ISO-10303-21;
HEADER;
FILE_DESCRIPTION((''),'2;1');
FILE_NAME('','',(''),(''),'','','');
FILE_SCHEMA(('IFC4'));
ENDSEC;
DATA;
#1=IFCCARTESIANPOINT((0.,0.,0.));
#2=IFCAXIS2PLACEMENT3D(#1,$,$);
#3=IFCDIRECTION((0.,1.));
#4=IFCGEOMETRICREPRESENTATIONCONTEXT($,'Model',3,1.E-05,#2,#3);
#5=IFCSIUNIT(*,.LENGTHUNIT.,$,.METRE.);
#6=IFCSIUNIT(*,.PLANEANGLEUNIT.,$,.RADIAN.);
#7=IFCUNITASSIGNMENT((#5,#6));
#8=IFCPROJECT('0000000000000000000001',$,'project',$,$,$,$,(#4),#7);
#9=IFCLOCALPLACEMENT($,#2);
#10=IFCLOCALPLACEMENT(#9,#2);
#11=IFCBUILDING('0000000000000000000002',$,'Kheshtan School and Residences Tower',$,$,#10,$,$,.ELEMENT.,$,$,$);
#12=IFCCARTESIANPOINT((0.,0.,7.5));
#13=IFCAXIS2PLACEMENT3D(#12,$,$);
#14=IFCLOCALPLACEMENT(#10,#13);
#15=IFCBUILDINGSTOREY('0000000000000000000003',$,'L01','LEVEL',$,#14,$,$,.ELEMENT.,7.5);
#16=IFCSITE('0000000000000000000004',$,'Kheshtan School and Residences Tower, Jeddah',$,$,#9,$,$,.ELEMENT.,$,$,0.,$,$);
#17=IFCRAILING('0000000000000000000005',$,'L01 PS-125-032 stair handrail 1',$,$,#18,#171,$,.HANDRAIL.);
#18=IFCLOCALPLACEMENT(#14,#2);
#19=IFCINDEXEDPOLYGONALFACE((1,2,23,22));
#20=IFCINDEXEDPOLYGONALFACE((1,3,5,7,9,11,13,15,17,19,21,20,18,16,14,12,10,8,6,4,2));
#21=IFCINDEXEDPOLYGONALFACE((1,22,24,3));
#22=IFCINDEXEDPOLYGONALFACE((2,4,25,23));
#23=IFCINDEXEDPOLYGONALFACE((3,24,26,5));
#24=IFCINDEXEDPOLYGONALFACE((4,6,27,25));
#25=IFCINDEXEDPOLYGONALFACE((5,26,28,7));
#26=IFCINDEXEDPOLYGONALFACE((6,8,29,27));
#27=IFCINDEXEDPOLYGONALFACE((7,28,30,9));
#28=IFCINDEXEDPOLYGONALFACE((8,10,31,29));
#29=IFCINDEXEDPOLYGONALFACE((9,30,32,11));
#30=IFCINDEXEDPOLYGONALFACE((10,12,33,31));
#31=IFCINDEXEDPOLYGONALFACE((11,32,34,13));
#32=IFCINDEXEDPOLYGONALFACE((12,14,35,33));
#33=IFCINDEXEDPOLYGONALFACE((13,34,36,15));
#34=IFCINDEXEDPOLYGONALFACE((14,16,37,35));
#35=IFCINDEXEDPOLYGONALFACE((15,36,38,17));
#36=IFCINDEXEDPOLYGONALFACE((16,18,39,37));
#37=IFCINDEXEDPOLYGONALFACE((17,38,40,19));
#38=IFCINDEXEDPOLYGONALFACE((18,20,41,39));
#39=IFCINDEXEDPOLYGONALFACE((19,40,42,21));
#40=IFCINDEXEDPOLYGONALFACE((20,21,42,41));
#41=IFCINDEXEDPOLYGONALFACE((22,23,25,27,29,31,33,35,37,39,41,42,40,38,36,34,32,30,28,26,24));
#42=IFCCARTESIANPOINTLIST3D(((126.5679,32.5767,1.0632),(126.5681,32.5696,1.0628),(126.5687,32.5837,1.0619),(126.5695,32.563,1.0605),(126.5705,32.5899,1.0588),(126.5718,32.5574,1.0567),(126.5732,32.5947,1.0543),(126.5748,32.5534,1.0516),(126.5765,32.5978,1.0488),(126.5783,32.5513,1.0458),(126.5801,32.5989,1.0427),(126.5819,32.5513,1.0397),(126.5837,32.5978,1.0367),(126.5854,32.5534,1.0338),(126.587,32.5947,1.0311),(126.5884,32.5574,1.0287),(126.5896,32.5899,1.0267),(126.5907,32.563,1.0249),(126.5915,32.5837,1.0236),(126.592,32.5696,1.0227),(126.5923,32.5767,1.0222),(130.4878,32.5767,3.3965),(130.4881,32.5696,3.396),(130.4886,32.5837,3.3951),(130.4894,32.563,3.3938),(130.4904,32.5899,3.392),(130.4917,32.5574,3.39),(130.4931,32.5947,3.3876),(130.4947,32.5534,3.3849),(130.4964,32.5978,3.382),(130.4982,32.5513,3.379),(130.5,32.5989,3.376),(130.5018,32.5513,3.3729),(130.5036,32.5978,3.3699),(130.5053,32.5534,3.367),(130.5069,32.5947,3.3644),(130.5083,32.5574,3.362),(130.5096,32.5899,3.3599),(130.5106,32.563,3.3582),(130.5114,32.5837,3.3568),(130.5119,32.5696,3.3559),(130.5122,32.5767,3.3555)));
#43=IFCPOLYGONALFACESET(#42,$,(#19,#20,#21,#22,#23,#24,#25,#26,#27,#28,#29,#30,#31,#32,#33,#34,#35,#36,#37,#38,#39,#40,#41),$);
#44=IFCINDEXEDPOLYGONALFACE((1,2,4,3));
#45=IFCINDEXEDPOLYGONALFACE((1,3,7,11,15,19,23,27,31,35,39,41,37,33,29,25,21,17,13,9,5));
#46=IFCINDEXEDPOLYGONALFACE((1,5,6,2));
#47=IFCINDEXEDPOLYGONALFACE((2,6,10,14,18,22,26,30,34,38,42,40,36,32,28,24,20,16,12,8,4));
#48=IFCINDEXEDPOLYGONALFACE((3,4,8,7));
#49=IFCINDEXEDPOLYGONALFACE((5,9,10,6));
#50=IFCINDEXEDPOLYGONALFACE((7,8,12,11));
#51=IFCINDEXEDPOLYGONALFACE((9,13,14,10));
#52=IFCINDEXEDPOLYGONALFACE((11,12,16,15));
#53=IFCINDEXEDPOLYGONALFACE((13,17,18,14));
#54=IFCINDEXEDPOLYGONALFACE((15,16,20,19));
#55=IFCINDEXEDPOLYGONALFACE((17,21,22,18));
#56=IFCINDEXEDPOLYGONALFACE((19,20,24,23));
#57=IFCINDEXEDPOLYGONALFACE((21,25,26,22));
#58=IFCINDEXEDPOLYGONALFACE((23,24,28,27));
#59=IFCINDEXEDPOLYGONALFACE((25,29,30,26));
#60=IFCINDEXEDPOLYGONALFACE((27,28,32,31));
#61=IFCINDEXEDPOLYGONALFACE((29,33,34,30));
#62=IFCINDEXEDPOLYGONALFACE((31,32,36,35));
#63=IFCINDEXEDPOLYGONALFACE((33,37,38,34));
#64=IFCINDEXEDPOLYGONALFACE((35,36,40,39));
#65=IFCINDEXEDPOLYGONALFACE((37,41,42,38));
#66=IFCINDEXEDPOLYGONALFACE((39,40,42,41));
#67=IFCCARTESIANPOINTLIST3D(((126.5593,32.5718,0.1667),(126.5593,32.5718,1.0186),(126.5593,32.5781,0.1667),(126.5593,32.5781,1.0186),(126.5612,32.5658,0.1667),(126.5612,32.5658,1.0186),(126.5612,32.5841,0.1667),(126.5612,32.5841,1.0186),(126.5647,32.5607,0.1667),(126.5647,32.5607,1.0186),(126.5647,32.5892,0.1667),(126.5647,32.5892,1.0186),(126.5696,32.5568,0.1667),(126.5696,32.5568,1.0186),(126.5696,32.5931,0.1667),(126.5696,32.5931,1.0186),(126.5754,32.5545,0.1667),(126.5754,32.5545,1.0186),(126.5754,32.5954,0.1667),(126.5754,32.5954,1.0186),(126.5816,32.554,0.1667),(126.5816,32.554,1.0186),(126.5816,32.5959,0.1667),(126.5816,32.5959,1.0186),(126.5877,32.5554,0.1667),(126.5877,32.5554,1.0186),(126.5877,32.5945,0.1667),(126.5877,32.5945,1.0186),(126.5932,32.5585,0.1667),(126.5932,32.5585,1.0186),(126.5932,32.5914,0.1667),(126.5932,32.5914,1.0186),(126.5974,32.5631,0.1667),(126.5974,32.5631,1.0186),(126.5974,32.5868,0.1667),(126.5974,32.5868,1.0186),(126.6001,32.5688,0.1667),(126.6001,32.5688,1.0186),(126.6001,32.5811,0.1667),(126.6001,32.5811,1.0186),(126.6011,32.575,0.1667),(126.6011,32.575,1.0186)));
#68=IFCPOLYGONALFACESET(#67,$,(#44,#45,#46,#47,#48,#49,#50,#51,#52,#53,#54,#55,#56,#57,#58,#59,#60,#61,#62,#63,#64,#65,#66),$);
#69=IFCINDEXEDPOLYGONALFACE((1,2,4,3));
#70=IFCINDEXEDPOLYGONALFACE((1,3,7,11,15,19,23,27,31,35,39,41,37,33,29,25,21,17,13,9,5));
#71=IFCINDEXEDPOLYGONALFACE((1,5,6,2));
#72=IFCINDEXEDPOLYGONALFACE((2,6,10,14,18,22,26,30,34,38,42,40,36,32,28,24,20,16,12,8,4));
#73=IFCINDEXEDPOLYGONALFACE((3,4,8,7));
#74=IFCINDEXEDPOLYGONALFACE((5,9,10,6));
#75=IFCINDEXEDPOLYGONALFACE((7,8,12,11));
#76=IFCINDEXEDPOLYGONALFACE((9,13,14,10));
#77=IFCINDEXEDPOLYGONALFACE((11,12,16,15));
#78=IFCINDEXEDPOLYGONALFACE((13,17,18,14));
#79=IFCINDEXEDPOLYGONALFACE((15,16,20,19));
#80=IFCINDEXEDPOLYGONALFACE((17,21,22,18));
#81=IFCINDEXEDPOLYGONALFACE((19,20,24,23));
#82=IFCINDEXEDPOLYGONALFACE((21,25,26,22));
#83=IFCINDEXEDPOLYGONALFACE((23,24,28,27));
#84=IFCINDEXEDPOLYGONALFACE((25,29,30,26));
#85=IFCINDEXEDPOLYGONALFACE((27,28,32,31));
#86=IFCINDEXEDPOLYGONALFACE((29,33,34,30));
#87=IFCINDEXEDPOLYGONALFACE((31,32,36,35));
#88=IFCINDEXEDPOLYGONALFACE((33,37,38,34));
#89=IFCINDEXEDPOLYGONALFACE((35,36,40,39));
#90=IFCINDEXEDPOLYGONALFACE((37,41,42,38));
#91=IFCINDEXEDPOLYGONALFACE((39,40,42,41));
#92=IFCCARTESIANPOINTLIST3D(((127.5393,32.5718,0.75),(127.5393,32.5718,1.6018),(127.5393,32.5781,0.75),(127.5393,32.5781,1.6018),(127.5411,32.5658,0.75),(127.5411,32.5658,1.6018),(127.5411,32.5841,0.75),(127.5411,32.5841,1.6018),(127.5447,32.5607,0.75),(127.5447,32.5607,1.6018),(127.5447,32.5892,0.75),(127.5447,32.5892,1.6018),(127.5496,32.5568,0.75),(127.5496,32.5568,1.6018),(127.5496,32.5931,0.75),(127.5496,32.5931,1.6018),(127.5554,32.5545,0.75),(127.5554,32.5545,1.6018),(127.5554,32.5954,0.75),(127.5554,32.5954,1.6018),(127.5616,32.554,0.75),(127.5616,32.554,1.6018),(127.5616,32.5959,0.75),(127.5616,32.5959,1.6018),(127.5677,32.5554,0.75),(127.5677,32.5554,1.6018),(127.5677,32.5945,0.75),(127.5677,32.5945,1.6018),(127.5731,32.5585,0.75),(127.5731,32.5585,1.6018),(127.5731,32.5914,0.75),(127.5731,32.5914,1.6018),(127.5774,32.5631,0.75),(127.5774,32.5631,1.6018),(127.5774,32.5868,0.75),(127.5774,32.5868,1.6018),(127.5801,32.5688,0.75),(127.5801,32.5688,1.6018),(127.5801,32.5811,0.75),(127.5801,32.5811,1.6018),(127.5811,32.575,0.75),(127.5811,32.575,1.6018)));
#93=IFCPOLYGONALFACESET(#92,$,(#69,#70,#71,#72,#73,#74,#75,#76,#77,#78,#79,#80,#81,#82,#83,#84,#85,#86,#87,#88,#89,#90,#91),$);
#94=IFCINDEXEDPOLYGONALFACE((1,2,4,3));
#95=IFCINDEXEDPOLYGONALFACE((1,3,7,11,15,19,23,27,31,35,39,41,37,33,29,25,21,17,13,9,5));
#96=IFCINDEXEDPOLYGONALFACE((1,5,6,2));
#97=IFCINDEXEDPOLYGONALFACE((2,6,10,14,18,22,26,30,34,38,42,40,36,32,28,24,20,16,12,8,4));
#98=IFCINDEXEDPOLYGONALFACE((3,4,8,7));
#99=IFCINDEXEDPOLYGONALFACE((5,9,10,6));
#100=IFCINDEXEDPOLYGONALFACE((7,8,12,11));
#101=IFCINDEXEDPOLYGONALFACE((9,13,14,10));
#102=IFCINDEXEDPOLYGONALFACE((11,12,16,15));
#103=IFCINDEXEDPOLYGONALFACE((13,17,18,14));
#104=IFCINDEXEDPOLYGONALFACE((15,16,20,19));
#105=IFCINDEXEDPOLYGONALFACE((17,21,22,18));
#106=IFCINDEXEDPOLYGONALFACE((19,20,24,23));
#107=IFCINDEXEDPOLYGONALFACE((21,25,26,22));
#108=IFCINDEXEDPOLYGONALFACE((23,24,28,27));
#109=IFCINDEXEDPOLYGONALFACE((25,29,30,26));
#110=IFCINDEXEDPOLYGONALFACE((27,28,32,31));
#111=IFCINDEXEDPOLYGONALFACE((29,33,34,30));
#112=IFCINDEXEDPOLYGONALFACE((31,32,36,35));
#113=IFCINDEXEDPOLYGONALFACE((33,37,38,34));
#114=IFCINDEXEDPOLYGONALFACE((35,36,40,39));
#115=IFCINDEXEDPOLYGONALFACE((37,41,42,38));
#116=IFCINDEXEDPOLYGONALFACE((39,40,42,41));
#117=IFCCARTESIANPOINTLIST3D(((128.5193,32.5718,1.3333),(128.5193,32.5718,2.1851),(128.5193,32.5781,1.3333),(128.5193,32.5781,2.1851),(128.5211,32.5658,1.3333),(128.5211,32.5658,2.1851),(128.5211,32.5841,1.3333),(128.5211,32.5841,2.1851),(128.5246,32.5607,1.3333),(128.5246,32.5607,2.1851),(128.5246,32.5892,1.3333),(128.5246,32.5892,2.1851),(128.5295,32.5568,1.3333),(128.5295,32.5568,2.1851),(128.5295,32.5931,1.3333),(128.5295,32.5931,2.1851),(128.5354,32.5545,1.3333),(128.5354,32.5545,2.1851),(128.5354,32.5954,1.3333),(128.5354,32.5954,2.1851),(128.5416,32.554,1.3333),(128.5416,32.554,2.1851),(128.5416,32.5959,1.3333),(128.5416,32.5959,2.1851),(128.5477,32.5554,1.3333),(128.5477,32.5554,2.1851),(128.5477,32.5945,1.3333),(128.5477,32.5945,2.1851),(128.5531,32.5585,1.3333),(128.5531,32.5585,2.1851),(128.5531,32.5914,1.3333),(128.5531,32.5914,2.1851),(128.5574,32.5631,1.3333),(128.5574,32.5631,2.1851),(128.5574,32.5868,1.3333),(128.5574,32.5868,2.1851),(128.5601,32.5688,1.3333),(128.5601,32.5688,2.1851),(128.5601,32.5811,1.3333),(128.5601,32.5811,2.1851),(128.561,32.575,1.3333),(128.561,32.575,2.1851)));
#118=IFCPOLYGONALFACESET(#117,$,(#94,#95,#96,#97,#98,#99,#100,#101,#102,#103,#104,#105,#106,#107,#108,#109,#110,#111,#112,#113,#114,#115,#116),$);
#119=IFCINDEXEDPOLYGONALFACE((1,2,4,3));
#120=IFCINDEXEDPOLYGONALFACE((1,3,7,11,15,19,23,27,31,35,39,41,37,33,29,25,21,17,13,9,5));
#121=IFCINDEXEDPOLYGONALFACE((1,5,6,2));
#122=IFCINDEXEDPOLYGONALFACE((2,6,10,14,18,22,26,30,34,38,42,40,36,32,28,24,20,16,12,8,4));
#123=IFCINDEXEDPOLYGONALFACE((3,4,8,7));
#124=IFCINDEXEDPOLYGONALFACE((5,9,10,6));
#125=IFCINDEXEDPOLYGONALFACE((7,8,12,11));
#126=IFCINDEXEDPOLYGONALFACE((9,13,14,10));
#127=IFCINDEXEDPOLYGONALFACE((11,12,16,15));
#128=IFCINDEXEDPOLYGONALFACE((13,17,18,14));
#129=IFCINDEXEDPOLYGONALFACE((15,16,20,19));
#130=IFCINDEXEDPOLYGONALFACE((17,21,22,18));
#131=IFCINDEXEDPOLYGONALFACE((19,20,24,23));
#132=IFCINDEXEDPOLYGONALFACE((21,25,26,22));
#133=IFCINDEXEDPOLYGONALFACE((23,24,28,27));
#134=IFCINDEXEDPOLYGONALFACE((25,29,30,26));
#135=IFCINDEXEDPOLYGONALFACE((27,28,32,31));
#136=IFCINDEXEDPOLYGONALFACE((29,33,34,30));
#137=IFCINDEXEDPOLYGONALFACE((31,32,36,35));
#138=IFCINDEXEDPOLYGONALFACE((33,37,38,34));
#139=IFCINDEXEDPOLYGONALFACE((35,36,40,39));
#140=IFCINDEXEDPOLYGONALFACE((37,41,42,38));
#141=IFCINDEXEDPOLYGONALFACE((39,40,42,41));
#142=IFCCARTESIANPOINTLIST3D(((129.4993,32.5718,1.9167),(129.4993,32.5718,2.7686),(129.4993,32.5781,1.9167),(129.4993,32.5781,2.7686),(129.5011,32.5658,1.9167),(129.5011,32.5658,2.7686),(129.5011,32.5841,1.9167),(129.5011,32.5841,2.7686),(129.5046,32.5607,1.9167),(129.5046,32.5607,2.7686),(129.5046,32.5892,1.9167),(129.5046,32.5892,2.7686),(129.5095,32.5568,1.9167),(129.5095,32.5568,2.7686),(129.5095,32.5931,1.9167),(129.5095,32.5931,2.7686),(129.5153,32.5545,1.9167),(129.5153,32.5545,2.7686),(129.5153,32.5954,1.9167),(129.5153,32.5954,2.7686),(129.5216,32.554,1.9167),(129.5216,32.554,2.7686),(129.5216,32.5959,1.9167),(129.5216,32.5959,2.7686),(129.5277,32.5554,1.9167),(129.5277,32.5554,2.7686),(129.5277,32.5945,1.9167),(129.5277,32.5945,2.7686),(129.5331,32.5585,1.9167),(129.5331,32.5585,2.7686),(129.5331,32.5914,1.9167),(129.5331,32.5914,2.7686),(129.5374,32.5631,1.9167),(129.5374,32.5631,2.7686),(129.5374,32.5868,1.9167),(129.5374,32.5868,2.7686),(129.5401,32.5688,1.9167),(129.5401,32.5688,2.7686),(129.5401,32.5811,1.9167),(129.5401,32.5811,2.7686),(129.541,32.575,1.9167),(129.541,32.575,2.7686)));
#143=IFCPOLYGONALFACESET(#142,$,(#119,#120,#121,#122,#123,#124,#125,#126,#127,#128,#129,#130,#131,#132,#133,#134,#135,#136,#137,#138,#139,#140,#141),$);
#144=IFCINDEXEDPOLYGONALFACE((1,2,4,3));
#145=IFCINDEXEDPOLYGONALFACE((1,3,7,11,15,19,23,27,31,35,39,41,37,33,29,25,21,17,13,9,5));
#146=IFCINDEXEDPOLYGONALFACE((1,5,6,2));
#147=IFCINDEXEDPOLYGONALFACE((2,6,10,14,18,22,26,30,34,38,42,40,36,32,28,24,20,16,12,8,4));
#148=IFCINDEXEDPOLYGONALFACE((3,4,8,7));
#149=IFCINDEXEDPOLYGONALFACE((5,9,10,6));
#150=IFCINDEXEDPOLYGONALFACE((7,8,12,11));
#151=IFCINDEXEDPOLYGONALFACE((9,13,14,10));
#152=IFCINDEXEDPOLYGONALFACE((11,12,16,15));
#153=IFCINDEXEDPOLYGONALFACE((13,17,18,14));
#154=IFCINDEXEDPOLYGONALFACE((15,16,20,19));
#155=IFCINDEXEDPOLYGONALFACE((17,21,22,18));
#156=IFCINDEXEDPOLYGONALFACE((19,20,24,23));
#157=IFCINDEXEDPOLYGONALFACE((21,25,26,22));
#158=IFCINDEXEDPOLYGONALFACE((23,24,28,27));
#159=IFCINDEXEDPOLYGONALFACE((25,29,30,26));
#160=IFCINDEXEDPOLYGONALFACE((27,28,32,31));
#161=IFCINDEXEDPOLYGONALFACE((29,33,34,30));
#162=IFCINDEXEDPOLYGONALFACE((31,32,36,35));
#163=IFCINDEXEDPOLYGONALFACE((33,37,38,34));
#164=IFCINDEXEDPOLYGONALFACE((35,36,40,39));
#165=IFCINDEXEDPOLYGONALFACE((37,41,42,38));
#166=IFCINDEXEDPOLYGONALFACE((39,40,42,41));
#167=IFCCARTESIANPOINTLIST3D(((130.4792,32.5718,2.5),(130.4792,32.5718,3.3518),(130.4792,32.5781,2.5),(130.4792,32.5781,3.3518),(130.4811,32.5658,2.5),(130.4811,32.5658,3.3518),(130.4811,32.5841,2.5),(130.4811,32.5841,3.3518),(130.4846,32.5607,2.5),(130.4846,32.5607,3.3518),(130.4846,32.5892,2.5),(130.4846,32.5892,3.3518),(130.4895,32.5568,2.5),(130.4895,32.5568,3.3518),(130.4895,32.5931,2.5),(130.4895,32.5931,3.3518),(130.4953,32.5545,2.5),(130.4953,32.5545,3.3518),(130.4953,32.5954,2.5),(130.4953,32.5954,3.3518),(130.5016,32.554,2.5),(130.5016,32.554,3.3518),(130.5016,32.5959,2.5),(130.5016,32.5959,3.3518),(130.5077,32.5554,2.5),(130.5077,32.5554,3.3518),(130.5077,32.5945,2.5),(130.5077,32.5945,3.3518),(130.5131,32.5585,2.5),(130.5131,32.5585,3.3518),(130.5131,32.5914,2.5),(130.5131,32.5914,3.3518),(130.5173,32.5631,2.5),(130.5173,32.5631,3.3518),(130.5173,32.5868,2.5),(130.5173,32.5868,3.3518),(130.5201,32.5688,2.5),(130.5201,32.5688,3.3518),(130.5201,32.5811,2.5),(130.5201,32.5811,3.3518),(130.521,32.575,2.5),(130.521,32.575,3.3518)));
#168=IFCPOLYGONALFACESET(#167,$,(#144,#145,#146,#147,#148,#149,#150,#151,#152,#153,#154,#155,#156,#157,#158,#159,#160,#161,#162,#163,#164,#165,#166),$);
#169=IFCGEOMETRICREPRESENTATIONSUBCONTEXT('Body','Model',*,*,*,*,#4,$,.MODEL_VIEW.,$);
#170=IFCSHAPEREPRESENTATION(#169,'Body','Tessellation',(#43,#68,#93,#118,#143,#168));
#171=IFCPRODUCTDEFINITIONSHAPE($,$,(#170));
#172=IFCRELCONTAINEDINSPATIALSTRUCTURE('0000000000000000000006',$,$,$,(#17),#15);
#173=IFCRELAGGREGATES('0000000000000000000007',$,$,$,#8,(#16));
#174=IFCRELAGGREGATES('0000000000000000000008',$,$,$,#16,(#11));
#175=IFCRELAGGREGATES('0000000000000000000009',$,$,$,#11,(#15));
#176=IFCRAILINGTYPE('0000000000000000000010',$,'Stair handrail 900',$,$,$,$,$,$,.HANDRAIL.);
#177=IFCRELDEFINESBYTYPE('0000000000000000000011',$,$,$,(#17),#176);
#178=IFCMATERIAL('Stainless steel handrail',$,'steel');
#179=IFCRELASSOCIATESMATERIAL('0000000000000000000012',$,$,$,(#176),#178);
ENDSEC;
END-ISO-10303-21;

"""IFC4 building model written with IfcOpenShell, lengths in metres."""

from ifc_helpers import new_model, si_unit, direction, frame, origin, origin_2d, place, context, subcontext, project, spatial, circle, extrude, material, type_object, element, save


model = new_model("IFC4")

# Units and contexts
model_context = context("Model", 3, precision=1e-05, world=origin(), true_north=direction((0.0, 1.0)))
body_context = subcontext(model_context, "Body", "Model", "MODEL_VIEW")
ifc_project = project(units=[si_unit("LENGTHUNIT", "METRE"), si_unit("PLANEANGLEUNIT", "RADIAN")], contexts=[model_context])

# Site, building, storey
site_placement = place(None, origin())
site = spatial("IfcSite", under=ifc_project, at=site_placement, Name="Kheshtan School and Residences Tower, Jeddah", CompositionType="ELEMENT", RefElevation=0.0)
building_placement = place(site_placement, origin())
building = spatial("IfcBuilding", under=site, at=building_placement, Name="Kheshtan School and Residences Tower", CompositionType="ELEMENT")
storey_placement = place(building_placement, frame((0.0, 0.0, 7.5)))
storey = spatial("IfcBuildingStorey", under=building, at=storey_placement, Name="L01", Description="LEVEL", CompositionType="ELEMENT", Elevation=7.5)

# Railing
ifc_material_1 = material(Name="Stainless steel handrail", Category="steel")
railing_type_1 = type_object("IfcRailingType", Name="Stair handrail 900", PredefinedType="HANDRAIL", material=ifc_material_1)
railing_1_placement = place(storey_placement, frame((126.5801, 32.575, 0.1667)))
element("IfcRailing", 1, at=railing_1_placement, inside=storey, type_object=railing_type_1, Name="L01 PS-125-032 stair handrail 1", PredefinedType="HANDRAIL", context=body_context, shape_type="SweptSolid", body=[
    extrude(circle(Radius=0.0239, at=origin_2d()), frame((0.0, 0.0, 0.876), z_axis=(0.859296, 0.0, 0.511478), x_axis=(0.0, 1.0, 0.0)), (0.0, 0.0, 1.0), 4.5618),
    extrude(circle(Radius=0.021, at=origin_2d()), origin(), (0.0, 0.0, 1.0), 0.8518),
    extrude(circle(Radius=0.021, at=origin_2d()), frame((0.98, 0.0, 0.5833)), (0.0, 0.0, 1.0), 0.8518),
    extrude(circle(Radius=0.021, at=origin_2d()), frame((1.96, 0.0, 1.1665)), (0.0, 0.0, 1.0), 0.8518),
    extrude(circle(Radius=0.021, at=origin_2d()), frame((2.9399, 0.0, 1.75)), (0.0, 0.0, 1.0), 0.8518),
    extrude(circle(Radius=0.021, at=origin_2d()), frame((3.9199, 0.0, 2.3333)), (0.0, 0.0, 1.0), 0.8518),
])

save(model, "model.ifc")
